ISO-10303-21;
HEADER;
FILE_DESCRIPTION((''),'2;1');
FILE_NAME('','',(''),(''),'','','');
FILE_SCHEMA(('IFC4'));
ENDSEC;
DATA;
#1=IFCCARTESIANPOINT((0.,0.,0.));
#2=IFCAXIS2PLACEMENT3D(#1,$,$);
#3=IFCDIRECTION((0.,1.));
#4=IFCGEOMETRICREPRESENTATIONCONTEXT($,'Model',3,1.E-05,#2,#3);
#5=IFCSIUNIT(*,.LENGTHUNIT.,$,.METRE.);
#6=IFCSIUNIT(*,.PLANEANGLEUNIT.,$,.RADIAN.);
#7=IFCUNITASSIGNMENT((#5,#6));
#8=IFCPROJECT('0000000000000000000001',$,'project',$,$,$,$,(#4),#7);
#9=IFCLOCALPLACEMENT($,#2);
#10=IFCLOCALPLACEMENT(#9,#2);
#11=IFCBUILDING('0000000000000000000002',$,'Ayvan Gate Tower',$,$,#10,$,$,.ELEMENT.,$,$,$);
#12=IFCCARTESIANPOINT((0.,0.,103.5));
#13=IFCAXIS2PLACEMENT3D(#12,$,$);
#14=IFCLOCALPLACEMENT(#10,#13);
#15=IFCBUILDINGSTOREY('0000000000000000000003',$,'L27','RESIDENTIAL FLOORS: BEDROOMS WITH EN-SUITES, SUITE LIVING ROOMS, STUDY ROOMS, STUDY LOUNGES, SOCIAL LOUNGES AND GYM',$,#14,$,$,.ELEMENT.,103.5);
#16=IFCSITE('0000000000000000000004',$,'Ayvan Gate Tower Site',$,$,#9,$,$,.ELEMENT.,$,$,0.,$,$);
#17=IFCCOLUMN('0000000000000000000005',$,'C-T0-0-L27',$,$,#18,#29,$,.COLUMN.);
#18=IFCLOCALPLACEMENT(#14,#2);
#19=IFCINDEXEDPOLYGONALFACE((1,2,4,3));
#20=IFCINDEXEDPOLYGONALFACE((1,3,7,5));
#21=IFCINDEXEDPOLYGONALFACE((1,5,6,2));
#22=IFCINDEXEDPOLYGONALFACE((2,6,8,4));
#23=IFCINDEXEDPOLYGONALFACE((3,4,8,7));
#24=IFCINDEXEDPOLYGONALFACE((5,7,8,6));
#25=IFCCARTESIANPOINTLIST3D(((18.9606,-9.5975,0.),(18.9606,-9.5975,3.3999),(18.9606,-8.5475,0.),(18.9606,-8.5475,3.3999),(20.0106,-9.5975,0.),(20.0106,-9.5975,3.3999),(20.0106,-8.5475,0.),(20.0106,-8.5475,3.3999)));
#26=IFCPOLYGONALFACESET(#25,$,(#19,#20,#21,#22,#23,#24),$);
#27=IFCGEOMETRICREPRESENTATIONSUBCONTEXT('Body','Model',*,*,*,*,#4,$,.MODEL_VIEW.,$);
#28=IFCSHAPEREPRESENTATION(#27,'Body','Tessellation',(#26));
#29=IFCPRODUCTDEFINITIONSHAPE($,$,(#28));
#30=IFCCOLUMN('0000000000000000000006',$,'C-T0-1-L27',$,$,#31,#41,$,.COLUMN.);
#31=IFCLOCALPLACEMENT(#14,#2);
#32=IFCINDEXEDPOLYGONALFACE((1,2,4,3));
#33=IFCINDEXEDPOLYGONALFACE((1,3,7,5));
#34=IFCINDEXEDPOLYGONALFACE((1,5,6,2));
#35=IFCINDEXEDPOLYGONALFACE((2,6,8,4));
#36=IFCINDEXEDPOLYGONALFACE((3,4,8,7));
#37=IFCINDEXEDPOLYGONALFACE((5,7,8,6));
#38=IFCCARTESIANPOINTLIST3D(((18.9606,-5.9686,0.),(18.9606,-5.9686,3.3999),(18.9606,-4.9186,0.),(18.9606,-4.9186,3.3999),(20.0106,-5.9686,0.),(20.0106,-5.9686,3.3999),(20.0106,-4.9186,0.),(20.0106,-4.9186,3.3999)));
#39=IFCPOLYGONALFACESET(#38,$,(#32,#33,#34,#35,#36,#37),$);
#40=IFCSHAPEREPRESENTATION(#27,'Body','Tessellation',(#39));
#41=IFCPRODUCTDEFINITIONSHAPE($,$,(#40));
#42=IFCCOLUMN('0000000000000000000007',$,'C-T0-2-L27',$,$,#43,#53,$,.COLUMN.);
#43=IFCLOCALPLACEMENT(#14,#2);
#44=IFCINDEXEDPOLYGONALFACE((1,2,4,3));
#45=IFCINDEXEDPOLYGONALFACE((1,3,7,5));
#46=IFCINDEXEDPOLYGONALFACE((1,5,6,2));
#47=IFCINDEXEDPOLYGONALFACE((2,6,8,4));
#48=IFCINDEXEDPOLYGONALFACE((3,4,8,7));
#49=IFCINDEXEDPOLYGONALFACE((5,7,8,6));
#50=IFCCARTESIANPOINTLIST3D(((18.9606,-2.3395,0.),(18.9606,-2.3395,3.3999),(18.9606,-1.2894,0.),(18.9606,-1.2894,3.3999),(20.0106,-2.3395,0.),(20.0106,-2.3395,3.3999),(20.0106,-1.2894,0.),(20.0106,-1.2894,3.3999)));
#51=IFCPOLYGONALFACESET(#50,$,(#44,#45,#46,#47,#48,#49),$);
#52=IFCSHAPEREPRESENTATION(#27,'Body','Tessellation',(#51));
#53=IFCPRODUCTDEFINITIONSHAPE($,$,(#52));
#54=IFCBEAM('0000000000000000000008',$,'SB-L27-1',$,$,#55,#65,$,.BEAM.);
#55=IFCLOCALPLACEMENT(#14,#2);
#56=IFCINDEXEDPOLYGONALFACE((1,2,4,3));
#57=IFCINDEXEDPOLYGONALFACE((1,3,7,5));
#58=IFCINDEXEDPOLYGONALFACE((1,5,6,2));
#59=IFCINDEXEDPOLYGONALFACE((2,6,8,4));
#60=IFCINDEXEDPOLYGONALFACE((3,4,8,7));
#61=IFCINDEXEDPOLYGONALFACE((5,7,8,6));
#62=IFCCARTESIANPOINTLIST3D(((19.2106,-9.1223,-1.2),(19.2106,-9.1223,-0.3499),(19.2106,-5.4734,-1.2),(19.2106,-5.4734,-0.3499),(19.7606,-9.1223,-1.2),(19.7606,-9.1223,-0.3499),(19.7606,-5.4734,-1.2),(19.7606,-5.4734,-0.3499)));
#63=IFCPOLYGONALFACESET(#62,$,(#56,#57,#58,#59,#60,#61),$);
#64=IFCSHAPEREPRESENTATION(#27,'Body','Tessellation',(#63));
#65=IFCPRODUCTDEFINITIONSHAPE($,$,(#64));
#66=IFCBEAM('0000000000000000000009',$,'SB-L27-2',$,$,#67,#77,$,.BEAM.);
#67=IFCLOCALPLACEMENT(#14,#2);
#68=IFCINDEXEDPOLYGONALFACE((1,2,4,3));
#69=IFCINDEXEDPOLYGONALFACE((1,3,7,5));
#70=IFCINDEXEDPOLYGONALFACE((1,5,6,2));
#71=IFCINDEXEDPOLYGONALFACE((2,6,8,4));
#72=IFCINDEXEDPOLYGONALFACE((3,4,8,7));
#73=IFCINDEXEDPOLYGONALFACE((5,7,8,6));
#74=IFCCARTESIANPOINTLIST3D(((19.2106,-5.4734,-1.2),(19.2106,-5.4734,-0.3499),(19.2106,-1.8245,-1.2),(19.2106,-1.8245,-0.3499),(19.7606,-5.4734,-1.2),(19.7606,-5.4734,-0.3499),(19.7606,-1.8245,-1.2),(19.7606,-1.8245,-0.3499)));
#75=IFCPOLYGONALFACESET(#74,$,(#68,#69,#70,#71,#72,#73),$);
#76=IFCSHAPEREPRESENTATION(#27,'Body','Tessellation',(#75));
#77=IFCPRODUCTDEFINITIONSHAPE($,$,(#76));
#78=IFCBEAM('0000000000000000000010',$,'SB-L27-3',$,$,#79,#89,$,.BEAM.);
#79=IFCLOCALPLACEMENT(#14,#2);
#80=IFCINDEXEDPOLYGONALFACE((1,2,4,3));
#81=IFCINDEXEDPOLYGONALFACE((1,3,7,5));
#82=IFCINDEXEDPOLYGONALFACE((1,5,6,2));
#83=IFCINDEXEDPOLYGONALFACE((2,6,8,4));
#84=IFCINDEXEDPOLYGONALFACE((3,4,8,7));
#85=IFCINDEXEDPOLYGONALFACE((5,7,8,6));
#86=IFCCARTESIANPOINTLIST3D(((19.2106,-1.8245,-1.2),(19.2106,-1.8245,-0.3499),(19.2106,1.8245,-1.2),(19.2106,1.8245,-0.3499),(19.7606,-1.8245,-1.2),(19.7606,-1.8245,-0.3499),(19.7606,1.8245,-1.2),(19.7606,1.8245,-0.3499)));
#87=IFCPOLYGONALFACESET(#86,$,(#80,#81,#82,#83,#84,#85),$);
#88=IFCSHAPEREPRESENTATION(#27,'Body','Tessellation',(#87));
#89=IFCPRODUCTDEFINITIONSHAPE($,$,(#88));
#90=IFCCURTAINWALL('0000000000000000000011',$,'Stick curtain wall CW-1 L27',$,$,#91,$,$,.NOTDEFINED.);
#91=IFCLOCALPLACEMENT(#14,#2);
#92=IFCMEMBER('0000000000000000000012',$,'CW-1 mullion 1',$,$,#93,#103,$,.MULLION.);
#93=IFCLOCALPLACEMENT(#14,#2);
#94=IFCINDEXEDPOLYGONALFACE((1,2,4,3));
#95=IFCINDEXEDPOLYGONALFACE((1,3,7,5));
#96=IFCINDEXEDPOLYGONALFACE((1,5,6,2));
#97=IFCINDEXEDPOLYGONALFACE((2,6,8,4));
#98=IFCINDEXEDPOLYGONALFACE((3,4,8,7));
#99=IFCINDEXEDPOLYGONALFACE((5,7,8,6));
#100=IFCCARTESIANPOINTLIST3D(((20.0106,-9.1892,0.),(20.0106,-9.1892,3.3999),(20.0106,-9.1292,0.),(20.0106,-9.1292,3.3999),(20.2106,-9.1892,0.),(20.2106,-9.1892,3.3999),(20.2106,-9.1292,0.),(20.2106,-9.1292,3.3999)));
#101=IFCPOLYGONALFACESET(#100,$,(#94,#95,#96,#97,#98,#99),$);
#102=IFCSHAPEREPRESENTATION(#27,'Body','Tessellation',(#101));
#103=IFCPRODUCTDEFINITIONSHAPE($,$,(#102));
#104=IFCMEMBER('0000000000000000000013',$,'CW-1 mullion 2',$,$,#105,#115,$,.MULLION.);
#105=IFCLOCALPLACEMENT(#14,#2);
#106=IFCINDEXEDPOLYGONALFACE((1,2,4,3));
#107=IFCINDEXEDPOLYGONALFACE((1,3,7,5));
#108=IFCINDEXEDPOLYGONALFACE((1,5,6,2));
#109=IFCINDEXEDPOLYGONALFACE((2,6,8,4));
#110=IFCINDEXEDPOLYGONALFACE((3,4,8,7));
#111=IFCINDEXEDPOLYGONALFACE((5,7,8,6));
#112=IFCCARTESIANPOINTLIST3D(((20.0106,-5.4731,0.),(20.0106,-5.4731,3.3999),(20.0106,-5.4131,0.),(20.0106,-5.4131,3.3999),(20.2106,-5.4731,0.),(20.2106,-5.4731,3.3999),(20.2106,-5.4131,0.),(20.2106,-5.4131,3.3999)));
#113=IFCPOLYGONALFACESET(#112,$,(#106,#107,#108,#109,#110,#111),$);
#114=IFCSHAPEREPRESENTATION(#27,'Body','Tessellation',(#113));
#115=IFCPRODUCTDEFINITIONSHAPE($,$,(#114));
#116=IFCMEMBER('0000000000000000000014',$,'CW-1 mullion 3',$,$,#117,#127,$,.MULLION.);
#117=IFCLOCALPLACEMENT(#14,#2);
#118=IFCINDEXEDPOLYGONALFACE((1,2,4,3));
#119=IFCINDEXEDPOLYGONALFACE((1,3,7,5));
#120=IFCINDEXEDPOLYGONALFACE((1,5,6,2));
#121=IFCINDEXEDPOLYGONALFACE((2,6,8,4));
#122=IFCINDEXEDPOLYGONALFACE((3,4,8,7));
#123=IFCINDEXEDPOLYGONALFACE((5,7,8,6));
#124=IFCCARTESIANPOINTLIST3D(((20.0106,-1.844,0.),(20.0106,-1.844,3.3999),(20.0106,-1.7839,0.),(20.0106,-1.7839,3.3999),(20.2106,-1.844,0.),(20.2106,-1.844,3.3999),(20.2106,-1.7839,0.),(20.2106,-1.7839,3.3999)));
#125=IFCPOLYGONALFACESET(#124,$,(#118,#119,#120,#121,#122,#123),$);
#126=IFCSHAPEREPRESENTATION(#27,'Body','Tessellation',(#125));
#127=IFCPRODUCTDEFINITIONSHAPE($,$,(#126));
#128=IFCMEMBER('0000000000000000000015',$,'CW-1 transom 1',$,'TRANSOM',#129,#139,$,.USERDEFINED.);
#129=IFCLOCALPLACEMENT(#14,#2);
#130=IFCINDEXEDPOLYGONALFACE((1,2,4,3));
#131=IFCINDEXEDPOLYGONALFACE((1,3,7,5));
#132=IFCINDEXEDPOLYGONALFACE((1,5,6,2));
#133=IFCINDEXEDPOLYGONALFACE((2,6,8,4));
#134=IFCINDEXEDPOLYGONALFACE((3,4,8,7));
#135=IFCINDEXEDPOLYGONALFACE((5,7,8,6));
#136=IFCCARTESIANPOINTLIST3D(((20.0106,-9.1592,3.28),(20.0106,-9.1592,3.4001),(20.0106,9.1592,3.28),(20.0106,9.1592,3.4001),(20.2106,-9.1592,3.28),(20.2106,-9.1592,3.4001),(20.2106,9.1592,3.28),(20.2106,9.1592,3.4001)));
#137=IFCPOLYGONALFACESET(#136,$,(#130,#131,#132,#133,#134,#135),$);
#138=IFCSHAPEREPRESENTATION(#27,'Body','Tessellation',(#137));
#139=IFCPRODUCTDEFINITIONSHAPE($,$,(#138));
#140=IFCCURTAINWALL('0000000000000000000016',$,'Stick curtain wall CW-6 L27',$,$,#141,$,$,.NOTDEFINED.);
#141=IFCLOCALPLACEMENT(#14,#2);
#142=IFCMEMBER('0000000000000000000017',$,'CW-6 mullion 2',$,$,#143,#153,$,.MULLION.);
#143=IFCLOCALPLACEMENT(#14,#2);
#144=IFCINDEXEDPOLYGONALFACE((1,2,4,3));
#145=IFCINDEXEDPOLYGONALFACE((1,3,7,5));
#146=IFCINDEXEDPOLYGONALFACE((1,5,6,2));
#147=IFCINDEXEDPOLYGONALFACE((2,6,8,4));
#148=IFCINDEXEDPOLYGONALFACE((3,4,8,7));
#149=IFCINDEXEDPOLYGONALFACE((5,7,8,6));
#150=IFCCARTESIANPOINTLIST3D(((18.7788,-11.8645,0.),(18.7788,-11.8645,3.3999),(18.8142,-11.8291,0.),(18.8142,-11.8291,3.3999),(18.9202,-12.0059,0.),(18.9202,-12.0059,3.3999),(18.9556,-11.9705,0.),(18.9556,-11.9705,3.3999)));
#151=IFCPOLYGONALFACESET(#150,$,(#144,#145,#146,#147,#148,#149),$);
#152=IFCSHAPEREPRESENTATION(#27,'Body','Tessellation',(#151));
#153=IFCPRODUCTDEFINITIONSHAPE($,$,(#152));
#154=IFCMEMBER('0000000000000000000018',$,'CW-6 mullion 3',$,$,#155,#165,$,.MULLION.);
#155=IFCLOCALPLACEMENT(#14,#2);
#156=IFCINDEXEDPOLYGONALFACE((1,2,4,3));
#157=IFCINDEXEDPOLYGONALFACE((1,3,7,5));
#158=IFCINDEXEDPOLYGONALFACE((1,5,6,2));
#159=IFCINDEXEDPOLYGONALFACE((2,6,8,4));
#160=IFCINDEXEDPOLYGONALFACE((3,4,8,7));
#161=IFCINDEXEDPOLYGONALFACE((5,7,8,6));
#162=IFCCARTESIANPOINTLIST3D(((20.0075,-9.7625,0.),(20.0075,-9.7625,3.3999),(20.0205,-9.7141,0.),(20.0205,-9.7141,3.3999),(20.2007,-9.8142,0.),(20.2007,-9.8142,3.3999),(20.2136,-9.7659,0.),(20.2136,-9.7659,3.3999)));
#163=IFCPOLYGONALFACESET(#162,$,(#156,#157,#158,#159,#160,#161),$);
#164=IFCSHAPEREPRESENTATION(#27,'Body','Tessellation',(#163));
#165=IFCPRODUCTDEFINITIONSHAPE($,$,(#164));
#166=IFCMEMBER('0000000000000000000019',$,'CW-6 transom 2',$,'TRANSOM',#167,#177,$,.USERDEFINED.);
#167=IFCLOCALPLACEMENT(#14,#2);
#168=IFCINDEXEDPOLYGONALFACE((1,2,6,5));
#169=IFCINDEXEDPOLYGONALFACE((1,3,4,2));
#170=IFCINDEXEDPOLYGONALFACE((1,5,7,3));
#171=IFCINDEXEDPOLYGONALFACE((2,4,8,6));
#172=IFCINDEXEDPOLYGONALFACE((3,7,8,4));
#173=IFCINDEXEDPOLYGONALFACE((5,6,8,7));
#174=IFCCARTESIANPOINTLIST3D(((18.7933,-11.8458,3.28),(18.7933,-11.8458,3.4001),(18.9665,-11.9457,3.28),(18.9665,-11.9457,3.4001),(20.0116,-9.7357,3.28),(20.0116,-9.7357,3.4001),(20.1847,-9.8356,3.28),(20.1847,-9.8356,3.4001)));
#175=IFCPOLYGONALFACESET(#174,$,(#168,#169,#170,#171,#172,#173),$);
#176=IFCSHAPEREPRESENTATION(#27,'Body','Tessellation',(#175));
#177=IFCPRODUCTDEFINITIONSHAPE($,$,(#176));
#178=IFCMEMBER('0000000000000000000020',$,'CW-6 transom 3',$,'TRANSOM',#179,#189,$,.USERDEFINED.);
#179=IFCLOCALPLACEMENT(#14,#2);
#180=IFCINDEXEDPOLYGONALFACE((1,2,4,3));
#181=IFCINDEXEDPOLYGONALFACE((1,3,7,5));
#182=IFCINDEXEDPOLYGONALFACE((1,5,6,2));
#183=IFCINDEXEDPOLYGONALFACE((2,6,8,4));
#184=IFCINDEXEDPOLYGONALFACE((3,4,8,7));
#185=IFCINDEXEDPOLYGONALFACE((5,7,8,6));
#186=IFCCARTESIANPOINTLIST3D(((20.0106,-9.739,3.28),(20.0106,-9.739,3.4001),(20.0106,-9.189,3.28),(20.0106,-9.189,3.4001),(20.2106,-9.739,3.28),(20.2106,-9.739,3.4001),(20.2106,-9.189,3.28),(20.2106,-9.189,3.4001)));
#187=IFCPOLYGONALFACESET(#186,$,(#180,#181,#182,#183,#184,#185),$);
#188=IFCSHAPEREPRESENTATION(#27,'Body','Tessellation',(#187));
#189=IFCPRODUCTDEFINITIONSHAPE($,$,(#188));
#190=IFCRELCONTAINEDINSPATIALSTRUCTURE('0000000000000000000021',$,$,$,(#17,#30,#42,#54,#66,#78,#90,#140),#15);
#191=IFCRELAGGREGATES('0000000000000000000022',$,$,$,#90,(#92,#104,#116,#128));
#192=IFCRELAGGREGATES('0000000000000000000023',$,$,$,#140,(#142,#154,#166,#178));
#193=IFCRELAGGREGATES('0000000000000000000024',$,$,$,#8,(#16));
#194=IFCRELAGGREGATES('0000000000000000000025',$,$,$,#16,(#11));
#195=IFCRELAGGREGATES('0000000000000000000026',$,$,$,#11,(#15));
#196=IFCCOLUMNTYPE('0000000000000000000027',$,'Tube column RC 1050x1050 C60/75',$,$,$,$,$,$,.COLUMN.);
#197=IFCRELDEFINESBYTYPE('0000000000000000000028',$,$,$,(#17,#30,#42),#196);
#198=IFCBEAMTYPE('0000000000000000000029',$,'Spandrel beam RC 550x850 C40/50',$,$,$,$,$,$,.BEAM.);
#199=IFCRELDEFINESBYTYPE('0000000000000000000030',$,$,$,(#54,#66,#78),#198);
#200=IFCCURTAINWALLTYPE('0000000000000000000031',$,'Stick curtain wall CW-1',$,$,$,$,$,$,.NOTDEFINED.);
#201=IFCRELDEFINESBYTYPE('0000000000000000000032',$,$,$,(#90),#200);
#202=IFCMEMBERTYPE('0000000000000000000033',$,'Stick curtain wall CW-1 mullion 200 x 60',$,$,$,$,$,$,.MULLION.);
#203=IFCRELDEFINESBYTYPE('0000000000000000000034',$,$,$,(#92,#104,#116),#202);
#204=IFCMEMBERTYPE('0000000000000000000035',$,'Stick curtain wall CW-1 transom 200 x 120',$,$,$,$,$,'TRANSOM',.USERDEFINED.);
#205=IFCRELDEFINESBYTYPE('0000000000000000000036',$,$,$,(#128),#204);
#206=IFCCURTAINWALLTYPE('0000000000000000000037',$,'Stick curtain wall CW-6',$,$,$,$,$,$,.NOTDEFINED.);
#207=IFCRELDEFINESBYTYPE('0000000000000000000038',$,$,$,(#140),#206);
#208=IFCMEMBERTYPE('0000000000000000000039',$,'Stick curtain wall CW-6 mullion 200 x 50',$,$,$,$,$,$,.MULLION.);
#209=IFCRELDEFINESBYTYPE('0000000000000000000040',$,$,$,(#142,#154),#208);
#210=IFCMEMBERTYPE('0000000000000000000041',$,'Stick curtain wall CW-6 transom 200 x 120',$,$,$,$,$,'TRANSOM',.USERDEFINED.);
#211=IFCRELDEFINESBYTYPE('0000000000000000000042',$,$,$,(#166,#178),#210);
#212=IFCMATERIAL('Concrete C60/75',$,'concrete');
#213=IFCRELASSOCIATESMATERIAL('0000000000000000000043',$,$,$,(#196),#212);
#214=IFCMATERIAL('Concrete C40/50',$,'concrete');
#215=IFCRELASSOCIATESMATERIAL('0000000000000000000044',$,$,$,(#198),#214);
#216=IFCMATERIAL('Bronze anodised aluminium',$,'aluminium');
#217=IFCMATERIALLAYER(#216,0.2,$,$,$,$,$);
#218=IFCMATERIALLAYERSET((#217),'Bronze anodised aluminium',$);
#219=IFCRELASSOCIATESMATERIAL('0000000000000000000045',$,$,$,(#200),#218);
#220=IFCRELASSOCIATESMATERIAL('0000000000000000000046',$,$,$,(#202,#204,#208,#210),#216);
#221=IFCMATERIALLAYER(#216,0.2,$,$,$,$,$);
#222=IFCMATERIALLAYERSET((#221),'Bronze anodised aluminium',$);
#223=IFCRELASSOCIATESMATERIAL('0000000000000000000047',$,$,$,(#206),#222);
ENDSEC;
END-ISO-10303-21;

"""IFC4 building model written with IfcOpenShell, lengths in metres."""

from ifc_helpers import new_model, si_unit, direction, frame, origin, origin_2d, place, context, subcontext, project, spatial, rectangle, extrude, material, layer, layer_set, material_profile, profile_set, type_object, element, aggregate, save


model = new_model("IFC4")

# Units and contexts
model_context = context("Model", 3, precision=1e-05, world=origin(), true_north=direction((0.0, 1.0)))
body_context = subcontext(model_context, "Body", "Model", "MODEL_VIEW")
ifc_project = project(units=[si_unit("LENGTHUNIT", "METRE"), si_unit("PLANEANGLEUNIT", "RADIAN")], contexts=[model_context])

# Site, building, storey
site_placement = place(None, origin())
site = spatial("IfcSite", under=ifc_project, at=site_placement, Name="Ayvan Gate Tower Site", CompositionType="ELEMENT", RefElevation=0.0)
building_placement = place(site_placement, origin())
building = spatial("IfcBuilding", under=site, at=building_placement, Name="Ayvan Gate Tower", CompositionType="ELEMENT")
storey_placement = place(building_placement, frame((0.0, 0.0, 103.5)))
storey = spatial("IfcBuildingStorey", under=building, at=storey_placement, Name="L27", Description="RESIDENTIAL FLOORS: BEDROOMS WITH EN-SUITES, SUITE LIVING ROOMS, STUDY ROOMS, STUDY LOUNGES, SOCIAL LOUNGES AND GYM", CompositionType="ELEMENT", Elevation=103.5)

# Columns
ifc_material_1 = material(Name="Concrete C60/75", Category="concrete")
ifc_material_profile_1 = material_profile(ifc_material_1, rectangle(XDim=1.05, YDim=1.05, at=origin_2d()), Name="RC 1050x1050")
ifc_profile_set_1 = profile_set([ifc_material_profile_1], Name="Concrete C60/75")
column_type = type_object("IfcColumnType", Name="Tube column RC 1050x1050 C60/75", PredefinedType="COLUMN", material=ifc_profile_set_1)
for number, where, z_axis, x_axis, name in (
    (1, (19.4856, -9.0725, 0.0), (0.0, 0.0, 1.0), (1.0, 0.0, 0.0), "C-T0-0-L27"),
    (2, (19.4856, -5.4436, 0.0), (0.0, 0.0, 1.0), (1.0, 0.0, 0.0), "C-T0-1-L27"),
    (3, (19.4856, -1.8145, 0.0), (0.0, 0.0, 1.0), (1.0, 0.0, 0.0), "C-T0-2-L27"),
):
    element("IfcColumn", number, at=place(storey_placement, frame(where, z_axis=z_axis, x_axis=x_axis)), inside=storey, type_object=column_type, Name=name, PredefinedType="COLUMN", context=body_context, shape_type="SweptSolid", body=[
        extrude(rectangle(XDim=1.05, YDim=1.05, at=origin_2d()), origin(), (0.0, 0.0, 1.0), 3.3999),
    ])

# Beams
ifc_material_2 = material(Name="Concrete C40/50", Category="concrete")
ifc_material_profile_2 = material_profile(ifc_material_2, rectangle(XDim=0.55, YDim=0.8501, at=origin_2d()), Name="RC 550x850")
ifc_profile_set_2 = profile_set([ifc_material_profile_2], Name="Concrete C40/50")
beam_type = type_object("IfcBeamType", Name="Spandrel beam RC 550x850 C40/50", PredefinedType="BEAM", material=ifc_profile_set_2)
for number, where, z_axis, x_axis, name in (
    (4, (19.4856, -9.1223, -0.7749), (0.0, 1.0, 0.0), (-1.0, 0.0, 0.0), "SB-L27-1"),
    (5, (19.4856, -5.4734, -0.7749), (0.0, 1.0, 0.0), (-1.0, 0.0, 0.0), "SB-L27-2"),
    (6, (19.4856, -1.8245, -0.7749), (0.0, 1.0, 0.0), (-1.0, 0.0, 0.0), "SB-L27-3"),
):
    element("IfcBeam", number, at=place(storey_placement, frame(where, z_axis=z_axis, x_axis=x_axis)), inside=storey, type_object=beam_type, Name=name, PredefinedType="BEAM", context=body_context, shape_type="SweptSolid", body=[
        extrude(rectangle(XDim=0.55, YDim=0.8501, at=origin_2d()), origin(), (0.0, 0.0, 1.0), 3.6489),
    ])

# Curtain walls, members
ifc_material_3 = material(Name="Bronze anodised aluminium", Category="aluminium")
ifc_layer_1 = layer(ifc_material_3, 0.2)
ifc_layer_set_1 = layer_set([ifc_layer_1], Name="Bronze anodised aluminium")
curtain_wall_type_1 = type_object("IfcCurtainWallType", Name="Stick curtain wall CW-1", PredefinedType="NOTDEFINED", material=ifc_layer_set_1)
curtain_wall_1_placement = place(storey_placement, origin())
curtain_wall_1 = element("IfcCurtainWall", 7, at=curtain_wall_1_placement, inside=storey, type_object=curtain_wall_type_1, Name="Stick curtain wall CW-1 L27", PredefinedType="NOTDEFINED")
ifc_material_profile_3 = material_profile(ifc_material_3, rectangle(XDim=0.2, YDim=0.0601, at=origin_2d()), Name="Stick curtain wall CW-1 mullion 200 x 60")
ifc_profile_set_3 = profile_set([ifc_material_profile_3], Name="Bronze anodised aluminium")
member_type_1 = type_object("IfcMemberType", Name="Stick curtain wall CW-1 mullion 200 x 60", PredefinedType="MULLION", material=ifc_profile_set_3)
member_1_placement = place(storey_placement, frame((20.1106, -9.1592, 0.0), z_axis=(0.0, 0.0, 1.0), x_axis=(1.0, 0.0, 0.0)))
member_1 = element("IfcMember", 8, at=member_1_placement, type_object=member_type_1, Name="CW-1 mullion 1", PredefinedType="MULLION", context=body_context, shape_type="SweptSolid", body=[
    extrude(rectangle(XDim=0.2, YDim=0.0601, at=origin_2d()), origin(), (0.0, 0.0, 1.0), 3.3999),
])
member_2_placement = place(storey_placement, frame((20.1106, -5.4431, 0.0), z_axis=(0.0, 0.0, 1.0), x_axis=(1.0, 0.0, 0.0)))
member_2 = element("IfcMember", 9, at=member_2_placement, type_object=member_type_1, Name="CW-1 mullion 2", PredefinedType="MULLION", context=body_context, shape_type="SweptSolid", body=[
    extrude(rectangle(XDim=0.2, YDim=0.0601, at=origin_2d()), origin(), (0.0, 0.0, 1.0), 3.3999),
])
member_3_placement = place(storey_placement, frame((20.1106, -1.814, 0.0), z_axis=(0.0, 0.0, 1.0), x_axis=(1.0, 0.0, 0.0)))
member_3 = element("IfcMember", 10, at=member_3_placement, type_object=member_type_1, Name="CW-1 mullion 3", PredefinedType="MULLION", context=body_context, shape_type="SweptSolid", body=[
    extrude(rectangle(XDim=0.2, YDim=0.0601, at=origin_2d()), origin(), (0.0, 0.0, 1.0), 3.3999),
])
ifc_material_profile_4 = material_profile(ifc_material_3, rectangle(XDim=0.2, YDim=0.1201, at=origin_2d()), Name="Stick curtain wall CW-1 transom 200 x 120")
ifc_profile_set_4 = profile_set([ifc_material_profile_4], Name="Bronze anodised aluminium")
member_type_2 = type_object("IfcMemberType", Name="Stick curtain wall CW-1 transom 200 x 120", ElementType="TRANSOM", PredefinedType="USERDEFINED", material=ifc_profile_set_4)
member_4_placement = place(storey_placement, frame((20.1106, -9.1592, 3.3401), z_axis=(0.0, 1.0, 0.0), x_axis=(-1.0, 0.0, 0.0)))
member_4 = element("IfcMember", 11, at=member_4_placement, type_object=member_type_2, Name="CW-1 transom 1", ObjectType="TRANSOM", PredefinedType="USERDEFINED", context=body_context, shape_type="SweptSolid", body=[
    extrude(rectangle(XDim=0.2, YDim=0.1201, at=origin_2d()), origin(), (0.0, 0.0, 1.0), 18.3184),
])
ifc_layer_2 = layer(ifc_material_3, 0.2)
ifc_layer_set_2 = layer_set([ifc_layer_2], Name="Bronze anodised aluminium")
curtain_wall_type_2 = type_object("IfcCurtainWallType", Name="Stick curtain wall CW-6", PredefinedType="NOTDEFINED", material=ifc_layer_set_2)
curtain_wall_2_placement = place(storey_placement, origin())
curtain_wall_2 = element("IfcCurtainWall", 12, at=curtain_wall_2_placement, inside=storey, type_object=curtain_wall_type_2, Name="Stick curtain wall CW-6 L27", PredefinedType="NOTDEFINED")
ifc_material_profile_5 = material_profile(ifc_material_3, rectangle(XDim=0.2, YDim=0.05, at=origin_2d()), Name="Stick curtain wall CW-6 mullion 200 x 50")
ifc_profile_set_5 = profile_set([ifc_material_profile_5], Name="Bronze anodised aluminium")
member_type_3 = type_object("IfcMemberType", Name="Stick curtain wall CW-6 mullion 200 x 50", PredefinedType="MULLION", material=ifc_profile_set_5)
member_5_placement = place(storey_placement, frame((18.8672, -11.9175, 0.0), z_axis=(0.0, 0.0, 1.0), x_axis=(0.707107, -0.707107, 0.0)))
member_5 = element("IfcMember", 13, at=member_5_placement, type_object=member_type_3, Name="CW-6 mullion 2", PredefinedType="MULLION", context=body_context, shape_type="SweptSolid", body=[
    extrude(rectangle(XDim=0.2, YDim=0.05, at=origin_2d()), origin(), (0.0, 0.0, 1.0), 3.3999),
])
member_6_placement = place(storey_placement, frame((20.1106, -9.7642, 0.0), z_axis=(0.0, 0.0, 1.0), x_axis=(0.965926, -0.258819, 0.0)))
member_6 = element("IfcMember", 14, at=member_6_placement, type_object=member_type_3, Name="CW-6 mullion 3", PredefinedType="MULLION", context=body_context, shape_type="SweptSolid", body=[
    extrude(rectangle(XDim=0.2, YDim=0.05, at=origin_2d()), origin(), (0.0, 0.0, 1.0), 3.3999),
])
ifc_material_profile_6 = material_profile(ifc_material_3, rectangle(XDim=0.2, YDim=0.1201, at=origin_2d()), Name="Stick curtain wall CW-6 transom 200 x 120")
ifc_profile_set_6 = profile_set([ifc_material_profile_6], Name="Bronze anodised aluminium")
member_type_4 = type_object("IfcMemberType", Name="Stick curtain wall CW-6 transom 200 x 120", ElementType="TRANSOM", PredefinedType="USERDEFINED", material=ifc_profile_set_6)
member_7_placement = place(storey_placement, frame((18.8799, -11.8958, 3.3401), z_axis=(0.499997, 0.866027, 0.0), x_axis=(-0.866027, 0.499997, 0.0)))
member_7 = element("IfcMember", 15, at=member_7_placement, type_object=member_type_4, Name="CW-6 transom 2", ObjectType="TRANSOM", PredefinedType="USERDEFINED", context=body_context, shape_type="SweptSolid", body=[
    extrude(rectangle(XDim=0.2, YDim=0.1201, at=origin_2d()), origin(), (0.0, 0.0, 1.0), 2.4365),
])
member_8_placement = place(storey_placement, frame((20.1106, -9.739, 3.3401), z_axis=(0.0, 1.0, 0.0), x_axis=(-1.0, 0.0, 0.0)))
member_8 = element("IfcMember", 16, at=member_8_placement, type_object=member_type_4, Name="CW-6 transom 3", ObjectType="TRANSOM", PredefinedType="USERDEFINED", context=body_context, shape_type="SweptSolid", body=[
    extrude(rectangle(XDim=0.2, YDim=0.1201, at=origin_2d()), origin(), (0.0, 0.0, 1.0), 0.55),
])

aggregate(curtain_wall_1, [member_1, member_2, member_3, member_4])
aggregate(curtain_wall_2, [member_5, member_6, member_7, member_8])

save(model, "model.ifc")
